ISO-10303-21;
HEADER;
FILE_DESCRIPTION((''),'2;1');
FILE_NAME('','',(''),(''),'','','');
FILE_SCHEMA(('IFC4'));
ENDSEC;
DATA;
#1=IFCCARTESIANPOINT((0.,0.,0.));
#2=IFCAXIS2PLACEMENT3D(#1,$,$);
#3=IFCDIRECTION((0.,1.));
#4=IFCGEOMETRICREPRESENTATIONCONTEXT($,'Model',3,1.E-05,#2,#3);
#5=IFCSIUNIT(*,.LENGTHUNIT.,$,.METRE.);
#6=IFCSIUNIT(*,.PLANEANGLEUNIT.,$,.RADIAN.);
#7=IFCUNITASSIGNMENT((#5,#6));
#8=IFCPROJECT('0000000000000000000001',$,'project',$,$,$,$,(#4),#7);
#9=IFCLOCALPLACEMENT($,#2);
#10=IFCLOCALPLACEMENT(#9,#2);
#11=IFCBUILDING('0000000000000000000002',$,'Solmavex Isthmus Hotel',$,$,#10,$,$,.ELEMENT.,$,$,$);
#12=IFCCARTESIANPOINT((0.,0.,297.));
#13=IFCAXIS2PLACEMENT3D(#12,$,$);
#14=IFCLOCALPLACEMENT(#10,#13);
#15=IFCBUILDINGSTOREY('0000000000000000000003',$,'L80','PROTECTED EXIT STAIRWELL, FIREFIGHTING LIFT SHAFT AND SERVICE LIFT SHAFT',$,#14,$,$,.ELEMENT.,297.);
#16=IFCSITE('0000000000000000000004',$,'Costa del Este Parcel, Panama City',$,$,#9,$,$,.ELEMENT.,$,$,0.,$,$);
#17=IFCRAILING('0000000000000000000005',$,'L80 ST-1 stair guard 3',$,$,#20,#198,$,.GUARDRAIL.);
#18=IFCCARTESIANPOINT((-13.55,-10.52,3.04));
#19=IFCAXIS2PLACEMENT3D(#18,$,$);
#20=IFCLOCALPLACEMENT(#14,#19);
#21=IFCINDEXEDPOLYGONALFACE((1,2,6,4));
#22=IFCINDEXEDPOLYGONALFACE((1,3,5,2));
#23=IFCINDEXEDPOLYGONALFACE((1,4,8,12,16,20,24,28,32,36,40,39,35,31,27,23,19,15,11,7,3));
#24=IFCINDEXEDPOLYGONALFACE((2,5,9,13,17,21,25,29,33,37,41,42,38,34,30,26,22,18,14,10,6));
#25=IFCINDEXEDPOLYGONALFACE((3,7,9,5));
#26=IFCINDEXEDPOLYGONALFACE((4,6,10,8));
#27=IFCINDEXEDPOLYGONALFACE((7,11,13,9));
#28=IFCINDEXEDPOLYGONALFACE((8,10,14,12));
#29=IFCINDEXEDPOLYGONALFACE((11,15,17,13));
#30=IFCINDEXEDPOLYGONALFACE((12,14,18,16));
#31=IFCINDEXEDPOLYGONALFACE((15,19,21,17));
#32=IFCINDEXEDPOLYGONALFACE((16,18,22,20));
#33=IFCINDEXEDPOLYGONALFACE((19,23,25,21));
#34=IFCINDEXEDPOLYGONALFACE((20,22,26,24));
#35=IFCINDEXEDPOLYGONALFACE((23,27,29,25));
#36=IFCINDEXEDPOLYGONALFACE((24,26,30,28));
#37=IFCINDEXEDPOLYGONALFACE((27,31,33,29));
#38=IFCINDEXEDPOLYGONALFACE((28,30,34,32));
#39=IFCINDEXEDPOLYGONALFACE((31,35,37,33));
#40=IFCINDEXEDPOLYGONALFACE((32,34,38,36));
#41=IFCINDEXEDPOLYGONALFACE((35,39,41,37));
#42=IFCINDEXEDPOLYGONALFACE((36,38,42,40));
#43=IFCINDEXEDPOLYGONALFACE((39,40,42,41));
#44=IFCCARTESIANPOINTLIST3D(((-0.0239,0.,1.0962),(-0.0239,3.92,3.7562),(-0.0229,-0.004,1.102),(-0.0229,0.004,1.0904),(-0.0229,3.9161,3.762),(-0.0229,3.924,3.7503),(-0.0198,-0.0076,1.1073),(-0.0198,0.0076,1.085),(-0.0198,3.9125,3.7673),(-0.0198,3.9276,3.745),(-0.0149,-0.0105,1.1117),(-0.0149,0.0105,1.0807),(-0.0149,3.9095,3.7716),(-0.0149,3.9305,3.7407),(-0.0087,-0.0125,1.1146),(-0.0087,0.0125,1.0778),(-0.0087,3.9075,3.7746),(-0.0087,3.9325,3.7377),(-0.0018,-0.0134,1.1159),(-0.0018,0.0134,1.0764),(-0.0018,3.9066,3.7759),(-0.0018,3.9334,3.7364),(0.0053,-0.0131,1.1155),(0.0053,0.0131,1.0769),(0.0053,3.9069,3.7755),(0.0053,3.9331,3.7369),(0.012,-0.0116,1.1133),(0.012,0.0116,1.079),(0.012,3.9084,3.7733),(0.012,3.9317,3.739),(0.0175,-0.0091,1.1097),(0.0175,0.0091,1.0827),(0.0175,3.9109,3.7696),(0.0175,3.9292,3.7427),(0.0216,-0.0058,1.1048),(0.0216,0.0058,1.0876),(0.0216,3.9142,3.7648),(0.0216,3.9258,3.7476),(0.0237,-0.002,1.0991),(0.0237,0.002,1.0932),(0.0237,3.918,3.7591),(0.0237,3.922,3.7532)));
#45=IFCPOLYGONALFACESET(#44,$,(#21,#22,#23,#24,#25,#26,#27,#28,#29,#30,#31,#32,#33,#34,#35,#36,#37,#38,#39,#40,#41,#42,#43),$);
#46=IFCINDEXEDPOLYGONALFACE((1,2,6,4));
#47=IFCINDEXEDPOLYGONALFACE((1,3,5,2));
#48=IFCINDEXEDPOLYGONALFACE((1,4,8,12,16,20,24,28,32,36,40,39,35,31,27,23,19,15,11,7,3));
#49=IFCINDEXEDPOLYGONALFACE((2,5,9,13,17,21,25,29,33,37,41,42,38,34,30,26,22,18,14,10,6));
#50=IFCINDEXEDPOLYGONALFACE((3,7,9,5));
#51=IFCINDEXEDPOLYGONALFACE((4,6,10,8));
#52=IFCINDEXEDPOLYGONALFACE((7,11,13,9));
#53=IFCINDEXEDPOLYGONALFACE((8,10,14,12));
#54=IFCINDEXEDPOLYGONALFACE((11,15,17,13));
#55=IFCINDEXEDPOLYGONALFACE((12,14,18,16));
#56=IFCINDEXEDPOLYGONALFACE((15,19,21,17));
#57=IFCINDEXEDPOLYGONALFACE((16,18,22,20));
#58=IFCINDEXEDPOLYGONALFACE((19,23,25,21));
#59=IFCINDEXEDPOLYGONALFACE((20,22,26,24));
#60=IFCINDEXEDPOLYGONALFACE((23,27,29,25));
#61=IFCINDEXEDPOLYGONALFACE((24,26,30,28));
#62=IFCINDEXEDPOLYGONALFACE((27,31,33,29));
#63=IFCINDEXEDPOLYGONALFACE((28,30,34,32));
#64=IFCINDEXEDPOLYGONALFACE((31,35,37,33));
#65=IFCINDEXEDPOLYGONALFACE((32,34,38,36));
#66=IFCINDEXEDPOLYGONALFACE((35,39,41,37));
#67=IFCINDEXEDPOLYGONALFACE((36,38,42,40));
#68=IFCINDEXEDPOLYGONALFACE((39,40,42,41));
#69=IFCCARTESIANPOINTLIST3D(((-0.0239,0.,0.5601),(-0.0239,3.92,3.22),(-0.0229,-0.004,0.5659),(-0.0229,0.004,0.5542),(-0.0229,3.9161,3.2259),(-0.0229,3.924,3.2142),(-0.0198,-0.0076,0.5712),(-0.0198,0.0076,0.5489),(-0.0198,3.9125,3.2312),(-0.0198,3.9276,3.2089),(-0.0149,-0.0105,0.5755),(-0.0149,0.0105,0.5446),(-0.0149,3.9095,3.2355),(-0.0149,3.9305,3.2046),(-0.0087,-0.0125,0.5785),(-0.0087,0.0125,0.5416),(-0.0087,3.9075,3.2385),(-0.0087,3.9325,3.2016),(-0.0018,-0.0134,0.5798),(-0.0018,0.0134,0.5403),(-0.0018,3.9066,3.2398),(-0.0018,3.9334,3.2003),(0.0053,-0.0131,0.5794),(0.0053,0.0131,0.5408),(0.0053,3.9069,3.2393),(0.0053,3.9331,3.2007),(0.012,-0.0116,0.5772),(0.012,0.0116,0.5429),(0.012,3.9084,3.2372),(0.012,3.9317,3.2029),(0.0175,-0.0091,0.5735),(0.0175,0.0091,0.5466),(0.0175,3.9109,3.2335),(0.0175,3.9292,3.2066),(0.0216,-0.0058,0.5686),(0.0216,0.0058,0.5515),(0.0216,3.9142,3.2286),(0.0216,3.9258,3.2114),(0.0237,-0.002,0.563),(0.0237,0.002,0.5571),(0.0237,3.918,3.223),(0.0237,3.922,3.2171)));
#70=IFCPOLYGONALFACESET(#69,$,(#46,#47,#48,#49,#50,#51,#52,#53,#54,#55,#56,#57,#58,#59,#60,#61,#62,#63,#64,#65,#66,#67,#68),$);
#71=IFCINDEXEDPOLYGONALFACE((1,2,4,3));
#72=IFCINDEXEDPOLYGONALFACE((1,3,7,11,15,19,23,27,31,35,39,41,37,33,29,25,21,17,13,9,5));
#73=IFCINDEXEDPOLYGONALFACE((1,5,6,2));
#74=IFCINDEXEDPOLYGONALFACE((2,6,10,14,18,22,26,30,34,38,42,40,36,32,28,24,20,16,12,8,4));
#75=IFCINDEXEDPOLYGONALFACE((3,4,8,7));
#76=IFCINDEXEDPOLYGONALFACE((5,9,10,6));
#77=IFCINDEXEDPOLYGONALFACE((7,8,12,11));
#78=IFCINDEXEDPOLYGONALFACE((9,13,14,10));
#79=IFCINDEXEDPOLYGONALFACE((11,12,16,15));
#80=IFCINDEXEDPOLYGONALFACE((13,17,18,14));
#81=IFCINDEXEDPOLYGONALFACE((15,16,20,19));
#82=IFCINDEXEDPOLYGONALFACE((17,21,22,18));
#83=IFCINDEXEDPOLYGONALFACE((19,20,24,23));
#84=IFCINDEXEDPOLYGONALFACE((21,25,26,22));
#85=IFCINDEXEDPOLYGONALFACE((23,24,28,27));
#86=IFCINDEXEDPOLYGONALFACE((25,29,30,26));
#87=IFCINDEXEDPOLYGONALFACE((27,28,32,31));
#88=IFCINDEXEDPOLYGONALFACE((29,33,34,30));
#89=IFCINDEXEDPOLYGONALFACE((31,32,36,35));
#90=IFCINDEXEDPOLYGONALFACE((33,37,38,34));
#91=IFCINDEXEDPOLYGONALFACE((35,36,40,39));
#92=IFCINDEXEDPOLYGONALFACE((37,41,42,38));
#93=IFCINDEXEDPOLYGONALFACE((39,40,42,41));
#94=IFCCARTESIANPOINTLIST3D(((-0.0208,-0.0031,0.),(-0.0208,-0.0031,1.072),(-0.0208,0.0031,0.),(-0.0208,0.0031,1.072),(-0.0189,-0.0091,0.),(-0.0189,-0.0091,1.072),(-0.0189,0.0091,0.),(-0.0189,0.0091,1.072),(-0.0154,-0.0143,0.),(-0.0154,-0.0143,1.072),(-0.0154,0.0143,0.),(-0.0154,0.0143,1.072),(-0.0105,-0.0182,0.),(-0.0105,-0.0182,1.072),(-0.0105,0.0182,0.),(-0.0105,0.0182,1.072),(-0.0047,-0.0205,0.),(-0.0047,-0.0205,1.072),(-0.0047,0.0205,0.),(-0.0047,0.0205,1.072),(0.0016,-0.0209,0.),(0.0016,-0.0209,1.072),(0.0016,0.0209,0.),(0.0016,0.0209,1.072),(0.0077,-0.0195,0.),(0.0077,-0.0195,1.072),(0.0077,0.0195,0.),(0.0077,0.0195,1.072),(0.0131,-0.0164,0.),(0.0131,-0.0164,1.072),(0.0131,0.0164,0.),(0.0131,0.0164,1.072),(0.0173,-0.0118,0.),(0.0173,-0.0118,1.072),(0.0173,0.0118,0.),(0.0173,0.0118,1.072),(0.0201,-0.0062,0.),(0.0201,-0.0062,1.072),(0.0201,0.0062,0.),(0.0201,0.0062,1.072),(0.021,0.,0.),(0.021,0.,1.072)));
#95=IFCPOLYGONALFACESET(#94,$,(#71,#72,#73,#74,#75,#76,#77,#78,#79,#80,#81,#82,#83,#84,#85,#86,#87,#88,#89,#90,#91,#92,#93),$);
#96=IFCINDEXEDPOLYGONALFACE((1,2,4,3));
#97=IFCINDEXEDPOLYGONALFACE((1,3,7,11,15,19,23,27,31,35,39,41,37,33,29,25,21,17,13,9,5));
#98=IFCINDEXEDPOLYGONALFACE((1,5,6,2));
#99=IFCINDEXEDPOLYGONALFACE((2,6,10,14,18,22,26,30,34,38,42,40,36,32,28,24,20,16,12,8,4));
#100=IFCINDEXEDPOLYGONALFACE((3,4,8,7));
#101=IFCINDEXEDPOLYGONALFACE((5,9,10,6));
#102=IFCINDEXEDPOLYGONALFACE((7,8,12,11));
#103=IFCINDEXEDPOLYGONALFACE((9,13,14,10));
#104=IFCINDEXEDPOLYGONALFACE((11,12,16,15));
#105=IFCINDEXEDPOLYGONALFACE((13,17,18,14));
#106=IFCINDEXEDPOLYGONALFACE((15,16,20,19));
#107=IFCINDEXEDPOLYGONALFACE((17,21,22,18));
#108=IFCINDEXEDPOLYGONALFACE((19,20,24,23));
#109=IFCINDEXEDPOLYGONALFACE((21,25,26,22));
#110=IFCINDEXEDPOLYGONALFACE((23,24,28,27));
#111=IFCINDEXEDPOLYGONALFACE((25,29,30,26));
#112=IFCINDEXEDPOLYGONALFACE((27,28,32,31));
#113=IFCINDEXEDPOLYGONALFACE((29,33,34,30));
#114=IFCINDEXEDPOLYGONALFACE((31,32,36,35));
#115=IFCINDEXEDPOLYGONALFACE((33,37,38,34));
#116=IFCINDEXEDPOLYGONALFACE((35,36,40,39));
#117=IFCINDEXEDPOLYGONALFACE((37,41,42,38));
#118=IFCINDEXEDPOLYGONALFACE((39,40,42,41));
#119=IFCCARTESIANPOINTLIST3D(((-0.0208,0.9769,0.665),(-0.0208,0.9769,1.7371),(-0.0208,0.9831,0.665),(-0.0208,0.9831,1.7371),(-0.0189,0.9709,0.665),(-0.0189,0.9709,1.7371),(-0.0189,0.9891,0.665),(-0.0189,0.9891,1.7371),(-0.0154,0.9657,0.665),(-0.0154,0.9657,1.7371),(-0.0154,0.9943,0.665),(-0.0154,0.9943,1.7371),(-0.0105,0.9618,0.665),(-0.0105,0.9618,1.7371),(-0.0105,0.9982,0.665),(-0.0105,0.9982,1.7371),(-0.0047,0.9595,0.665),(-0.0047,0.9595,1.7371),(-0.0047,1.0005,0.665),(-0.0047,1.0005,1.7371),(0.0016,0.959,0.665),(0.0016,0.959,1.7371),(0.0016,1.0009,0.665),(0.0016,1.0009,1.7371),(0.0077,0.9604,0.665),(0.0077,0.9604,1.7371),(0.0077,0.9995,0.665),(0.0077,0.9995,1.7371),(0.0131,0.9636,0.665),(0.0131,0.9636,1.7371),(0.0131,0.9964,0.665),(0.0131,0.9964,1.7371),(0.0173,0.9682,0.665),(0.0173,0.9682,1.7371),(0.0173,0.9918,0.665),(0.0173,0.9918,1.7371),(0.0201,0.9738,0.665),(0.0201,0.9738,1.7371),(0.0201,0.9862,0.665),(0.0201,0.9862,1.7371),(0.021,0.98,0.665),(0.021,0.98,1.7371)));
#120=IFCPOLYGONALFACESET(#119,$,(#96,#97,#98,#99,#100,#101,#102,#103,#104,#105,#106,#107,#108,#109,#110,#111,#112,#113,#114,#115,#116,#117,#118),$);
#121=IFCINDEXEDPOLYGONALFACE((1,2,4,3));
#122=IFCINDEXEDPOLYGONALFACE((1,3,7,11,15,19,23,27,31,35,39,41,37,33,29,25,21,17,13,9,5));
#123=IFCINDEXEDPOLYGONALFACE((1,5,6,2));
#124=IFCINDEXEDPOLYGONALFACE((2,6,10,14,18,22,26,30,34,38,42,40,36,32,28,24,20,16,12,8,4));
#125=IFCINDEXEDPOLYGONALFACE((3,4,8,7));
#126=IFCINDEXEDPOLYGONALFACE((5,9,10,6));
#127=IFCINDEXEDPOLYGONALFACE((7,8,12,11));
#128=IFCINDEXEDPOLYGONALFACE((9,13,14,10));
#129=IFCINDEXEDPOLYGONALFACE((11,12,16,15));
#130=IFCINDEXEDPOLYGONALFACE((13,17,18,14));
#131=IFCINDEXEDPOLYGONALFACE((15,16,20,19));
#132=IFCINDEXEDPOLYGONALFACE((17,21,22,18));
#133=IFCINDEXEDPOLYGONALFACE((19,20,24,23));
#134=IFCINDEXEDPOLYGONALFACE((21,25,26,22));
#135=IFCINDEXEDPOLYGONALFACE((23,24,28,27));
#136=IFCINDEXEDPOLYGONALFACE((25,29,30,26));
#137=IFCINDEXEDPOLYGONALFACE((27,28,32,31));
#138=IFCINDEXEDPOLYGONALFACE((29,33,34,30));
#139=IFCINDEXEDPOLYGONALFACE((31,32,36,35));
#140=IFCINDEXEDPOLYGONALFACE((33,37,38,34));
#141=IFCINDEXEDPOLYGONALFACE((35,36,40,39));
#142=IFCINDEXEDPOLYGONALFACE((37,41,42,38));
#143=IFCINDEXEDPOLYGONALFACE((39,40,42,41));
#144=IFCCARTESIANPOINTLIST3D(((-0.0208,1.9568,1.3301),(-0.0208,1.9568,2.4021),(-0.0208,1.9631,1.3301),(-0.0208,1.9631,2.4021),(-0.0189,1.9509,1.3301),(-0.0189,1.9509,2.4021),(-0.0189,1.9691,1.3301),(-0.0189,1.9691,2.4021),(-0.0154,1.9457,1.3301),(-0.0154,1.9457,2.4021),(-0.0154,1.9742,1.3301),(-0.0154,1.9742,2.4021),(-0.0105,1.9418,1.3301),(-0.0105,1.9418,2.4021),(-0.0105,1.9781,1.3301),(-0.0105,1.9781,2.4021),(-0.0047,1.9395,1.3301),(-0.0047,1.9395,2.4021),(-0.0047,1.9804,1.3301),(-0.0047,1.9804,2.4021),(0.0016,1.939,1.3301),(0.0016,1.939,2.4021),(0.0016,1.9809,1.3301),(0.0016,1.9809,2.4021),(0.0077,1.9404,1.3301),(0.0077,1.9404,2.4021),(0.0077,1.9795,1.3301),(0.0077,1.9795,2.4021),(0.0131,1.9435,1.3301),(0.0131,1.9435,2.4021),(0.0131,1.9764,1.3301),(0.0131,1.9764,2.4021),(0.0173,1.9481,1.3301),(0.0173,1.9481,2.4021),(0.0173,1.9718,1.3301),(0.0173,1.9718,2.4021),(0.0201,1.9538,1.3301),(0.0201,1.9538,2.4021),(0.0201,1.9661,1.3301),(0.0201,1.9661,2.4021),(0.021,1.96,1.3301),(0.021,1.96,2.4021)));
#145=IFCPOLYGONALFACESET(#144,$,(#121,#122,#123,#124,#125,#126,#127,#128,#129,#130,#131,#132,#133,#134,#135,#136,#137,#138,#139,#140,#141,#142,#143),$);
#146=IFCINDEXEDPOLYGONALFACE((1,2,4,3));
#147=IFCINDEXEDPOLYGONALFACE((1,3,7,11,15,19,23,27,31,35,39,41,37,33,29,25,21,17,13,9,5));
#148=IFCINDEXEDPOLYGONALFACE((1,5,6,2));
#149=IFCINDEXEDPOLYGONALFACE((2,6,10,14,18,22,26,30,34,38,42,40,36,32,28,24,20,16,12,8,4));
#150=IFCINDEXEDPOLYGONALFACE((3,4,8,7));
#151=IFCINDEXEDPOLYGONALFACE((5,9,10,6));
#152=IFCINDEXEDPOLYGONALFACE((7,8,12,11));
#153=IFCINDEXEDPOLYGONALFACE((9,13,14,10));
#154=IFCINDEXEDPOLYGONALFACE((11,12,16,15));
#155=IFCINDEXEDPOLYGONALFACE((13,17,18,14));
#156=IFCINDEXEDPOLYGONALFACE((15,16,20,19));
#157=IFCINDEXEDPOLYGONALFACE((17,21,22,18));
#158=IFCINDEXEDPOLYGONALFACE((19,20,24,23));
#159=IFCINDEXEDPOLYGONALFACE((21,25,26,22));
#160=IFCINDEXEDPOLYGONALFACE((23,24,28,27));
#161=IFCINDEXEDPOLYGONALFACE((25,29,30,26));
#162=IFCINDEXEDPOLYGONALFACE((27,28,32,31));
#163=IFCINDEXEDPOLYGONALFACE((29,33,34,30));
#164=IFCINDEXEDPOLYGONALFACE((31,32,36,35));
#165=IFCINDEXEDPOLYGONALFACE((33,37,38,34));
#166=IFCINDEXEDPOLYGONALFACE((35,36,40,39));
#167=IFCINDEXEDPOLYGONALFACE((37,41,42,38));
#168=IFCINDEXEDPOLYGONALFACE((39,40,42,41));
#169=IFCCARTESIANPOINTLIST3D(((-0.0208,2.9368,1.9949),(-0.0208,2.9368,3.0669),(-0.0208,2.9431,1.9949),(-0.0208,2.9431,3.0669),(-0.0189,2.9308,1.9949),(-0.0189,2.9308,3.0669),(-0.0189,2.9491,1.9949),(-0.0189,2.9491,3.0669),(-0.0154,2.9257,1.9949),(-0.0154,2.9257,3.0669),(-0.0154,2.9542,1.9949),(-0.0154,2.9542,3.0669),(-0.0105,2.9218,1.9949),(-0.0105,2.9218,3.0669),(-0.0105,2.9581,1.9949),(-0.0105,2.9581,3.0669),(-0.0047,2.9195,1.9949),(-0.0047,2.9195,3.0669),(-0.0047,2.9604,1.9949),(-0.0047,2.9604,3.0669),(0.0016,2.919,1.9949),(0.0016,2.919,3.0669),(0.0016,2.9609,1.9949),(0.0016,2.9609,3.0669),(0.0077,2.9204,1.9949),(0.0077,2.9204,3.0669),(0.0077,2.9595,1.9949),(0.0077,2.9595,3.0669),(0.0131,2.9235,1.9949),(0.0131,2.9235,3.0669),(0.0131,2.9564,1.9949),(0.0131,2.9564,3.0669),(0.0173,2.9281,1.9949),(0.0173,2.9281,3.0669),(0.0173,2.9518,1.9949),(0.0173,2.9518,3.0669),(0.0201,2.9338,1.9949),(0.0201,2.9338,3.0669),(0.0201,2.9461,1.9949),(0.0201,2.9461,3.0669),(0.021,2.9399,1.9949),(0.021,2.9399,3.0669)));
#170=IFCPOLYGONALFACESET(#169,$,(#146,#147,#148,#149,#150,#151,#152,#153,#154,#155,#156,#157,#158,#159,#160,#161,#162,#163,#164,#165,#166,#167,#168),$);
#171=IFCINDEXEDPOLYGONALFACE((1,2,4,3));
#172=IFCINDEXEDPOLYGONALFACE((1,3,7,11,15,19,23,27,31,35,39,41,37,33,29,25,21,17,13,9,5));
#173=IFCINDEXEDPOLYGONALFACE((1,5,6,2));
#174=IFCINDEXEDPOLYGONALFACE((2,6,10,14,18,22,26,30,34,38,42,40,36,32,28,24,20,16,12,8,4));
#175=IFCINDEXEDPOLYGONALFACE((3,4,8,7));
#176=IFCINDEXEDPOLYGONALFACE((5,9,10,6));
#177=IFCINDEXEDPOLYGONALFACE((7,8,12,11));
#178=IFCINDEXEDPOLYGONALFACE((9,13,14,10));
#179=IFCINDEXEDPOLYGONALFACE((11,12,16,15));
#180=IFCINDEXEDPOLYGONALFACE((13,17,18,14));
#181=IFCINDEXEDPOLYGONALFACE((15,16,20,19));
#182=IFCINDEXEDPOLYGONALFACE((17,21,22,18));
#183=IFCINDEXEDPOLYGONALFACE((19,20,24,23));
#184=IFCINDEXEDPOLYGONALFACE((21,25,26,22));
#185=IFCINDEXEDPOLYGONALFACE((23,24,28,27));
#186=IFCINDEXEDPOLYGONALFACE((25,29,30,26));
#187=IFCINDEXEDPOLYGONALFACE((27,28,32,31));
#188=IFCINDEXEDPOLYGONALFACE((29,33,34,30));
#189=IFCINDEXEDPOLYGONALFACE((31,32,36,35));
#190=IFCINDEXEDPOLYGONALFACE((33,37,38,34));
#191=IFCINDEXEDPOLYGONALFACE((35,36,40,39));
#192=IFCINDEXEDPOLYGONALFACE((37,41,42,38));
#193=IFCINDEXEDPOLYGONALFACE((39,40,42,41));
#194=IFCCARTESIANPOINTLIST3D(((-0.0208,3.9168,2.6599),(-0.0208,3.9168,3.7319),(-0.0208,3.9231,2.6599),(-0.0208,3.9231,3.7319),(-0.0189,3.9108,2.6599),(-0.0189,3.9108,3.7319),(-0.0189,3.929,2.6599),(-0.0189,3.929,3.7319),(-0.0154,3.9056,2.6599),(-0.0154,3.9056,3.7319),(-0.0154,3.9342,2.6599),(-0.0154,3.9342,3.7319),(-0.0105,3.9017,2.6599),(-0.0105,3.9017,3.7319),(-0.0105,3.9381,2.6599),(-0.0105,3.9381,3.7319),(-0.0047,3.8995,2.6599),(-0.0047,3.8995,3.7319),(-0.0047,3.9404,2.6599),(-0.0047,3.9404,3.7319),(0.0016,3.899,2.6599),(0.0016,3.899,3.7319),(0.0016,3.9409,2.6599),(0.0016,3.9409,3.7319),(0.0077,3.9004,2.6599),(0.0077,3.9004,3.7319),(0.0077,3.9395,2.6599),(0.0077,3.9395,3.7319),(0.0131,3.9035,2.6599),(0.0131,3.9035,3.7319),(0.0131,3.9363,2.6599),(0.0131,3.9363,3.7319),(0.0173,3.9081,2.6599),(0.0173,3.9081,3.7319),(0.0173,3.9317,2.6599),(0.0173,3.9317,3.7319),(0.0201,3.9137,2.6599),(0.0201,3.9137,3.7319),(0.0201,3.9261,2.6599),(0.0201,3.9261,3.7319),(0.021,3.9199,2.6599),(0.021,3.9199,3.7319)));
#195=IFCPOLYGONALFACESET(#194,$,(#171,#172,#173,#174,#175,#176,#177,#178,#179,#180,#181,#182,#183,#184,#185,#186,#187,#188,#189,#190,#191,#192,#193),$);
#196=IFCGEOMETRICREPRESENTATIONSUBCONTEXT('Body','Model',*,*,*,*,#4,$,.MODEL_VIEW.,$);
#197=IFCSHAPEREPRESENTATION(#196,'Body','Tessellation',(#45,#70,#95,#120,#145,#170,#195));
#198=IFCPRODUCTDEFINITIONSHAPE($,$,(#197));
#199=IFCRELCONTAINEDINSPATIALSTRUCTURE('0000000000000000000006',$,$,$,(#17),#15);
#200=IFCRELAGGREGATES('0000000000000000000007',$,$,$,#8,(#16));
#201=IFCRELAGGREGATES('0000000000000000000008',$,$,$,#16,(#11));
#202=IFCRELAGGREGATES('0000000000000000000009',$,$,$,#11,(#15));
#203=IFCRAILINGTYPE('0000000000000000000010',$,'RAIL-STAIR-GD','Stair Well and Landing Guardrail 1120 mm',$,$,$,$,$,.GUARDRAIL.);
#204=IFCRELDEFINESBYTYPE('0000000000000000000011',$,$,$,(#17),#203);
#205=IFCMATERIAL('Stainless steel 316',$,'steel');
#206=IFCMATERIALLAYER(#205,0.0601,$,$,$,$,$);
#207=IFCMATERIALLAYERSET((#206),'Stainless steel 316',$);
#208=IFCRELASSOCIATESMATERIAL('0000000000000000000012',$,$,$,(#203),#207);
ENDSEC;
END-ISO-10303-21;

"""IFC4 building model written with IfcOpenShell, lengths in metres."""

from ifc_helpers import new_model, si_unit, direction, frame, origin, origin_2d, place, context, subcontext, project, spatial, circle, extrude, material, layer, layer_set, type_object, element, save


model = new_model("IFC4")

# Units and contexts
model_context = context("Model", 3, precision=1e-05, world=origin(), true_north=direction((0.0, 1.0)))
body_context = subcontext(model_context, "Body", "Model", "MODEL_VIEW")
ifc_project = project(units=[si_unit("LENGTHUNIT", "METRE"), si_unit("PLANEANGLEUNIT", "RADIAN")], contexts=[model_context])

# Site, building, storey
site_placement = place(None, origin())
site = spatial("IfcSite", under=ifc_project, at=site_placement, Name="Costa del Este Parcel, Panama City", CompositionType="ELEMENT", RefElevation=0.0)
building_placement = place(site_placement, origin())
building = spatial("IfcBuilding", under=site, at=building_placement, Name="Solmavex Isthmus Hotel", CompositionType="ELEMENT")
storey_placement = place(building_placement, frame((0.0, 0.0, 297.0)))
storey = spatial("IfcBuildingStorey", under=building, at=storey_placement, Name="L80", Description="PROTECTED EXIT STAIRWELL, FIREFIGHTING LIFT SHAFT AND SERVICE LIFT SHAFT", CompositionType="ELEMENT", Elevation=297.0)

# Shared definitions
ifc_material_1 = material(Name="Stainless steel 316", Category="steel")

# Railing
ifc_layer_1 = layer(ifc_material_1, 0.0601)
ifc_layer_set_1 = layer_set([ifc_layer_1], Name="Stainless steel 316")
railing_type_1 = type_object("IfcRailingType", Name="RAIL-STAIR-GD", Description="Stair Well and Landing Guardrail 1120 mm", PredefinedType="GUARDRAIL", material=ifc_layer_set_1)
railing_1_placement = place(storey_placement, frame((-13.55, -10.52, 3.04)))
element("IfcRailing", 1, at=railing_1_placement, inside=storey, type_object=railing_type_1, Name="L80 ST-1 stair guard 3", PredefinedType="GUARDRAIL", context=body_context, shape_type="SweptSolid", body=[
    extrude(circle(Radius=0.0239, at=origin_2d()), frame((0.0, 0.0, 1.0962), z_axis=(0.0, 0.827479, 0.561496), x_axis=(-1.0, 0.0, 0.0)), (0.0, 0.0, 1.0), 4.7373),
    extrude(circle(Radius=0.0239, at=origin_2d()), frame((0.0, 0.0, 0.5601), z_axis=(0.0, 0.827479, 0.561496), x_axis=(-1.0, 0.0, 0.0)), (0.0, 0.0, 1.0), 4.7373),
    extrude(circle(Radius=0.021, at=origin_2d()), origin(), (0.0, 0.0, 1.0), 1.072),
    extrude(circle(Radius=0.021, at=origin_2d()), frame((0.0, 0.98, 0.665)), (0.0, 0.0, 1.0), 1.072),
    extrude(circle(Radius=0.021, at=origin_2d()), frame((0.0, 1.96, 1.3301)), (0.0, 0.0, 1.0), 1.072),
    extrude(circle(Radius=0.021, at=origin_2d()), frame((0.0, 2.9399, 1.9949)), (0.0, 0.0, 1.0), 1.072),
    extrude(circle(Radius=0.021, at=origin_2d()), frame((0.0, 3.9199, 2.6599)), (0.0, 0.0, 1.0), 1.072),
])

save(model, "model.ifc")
